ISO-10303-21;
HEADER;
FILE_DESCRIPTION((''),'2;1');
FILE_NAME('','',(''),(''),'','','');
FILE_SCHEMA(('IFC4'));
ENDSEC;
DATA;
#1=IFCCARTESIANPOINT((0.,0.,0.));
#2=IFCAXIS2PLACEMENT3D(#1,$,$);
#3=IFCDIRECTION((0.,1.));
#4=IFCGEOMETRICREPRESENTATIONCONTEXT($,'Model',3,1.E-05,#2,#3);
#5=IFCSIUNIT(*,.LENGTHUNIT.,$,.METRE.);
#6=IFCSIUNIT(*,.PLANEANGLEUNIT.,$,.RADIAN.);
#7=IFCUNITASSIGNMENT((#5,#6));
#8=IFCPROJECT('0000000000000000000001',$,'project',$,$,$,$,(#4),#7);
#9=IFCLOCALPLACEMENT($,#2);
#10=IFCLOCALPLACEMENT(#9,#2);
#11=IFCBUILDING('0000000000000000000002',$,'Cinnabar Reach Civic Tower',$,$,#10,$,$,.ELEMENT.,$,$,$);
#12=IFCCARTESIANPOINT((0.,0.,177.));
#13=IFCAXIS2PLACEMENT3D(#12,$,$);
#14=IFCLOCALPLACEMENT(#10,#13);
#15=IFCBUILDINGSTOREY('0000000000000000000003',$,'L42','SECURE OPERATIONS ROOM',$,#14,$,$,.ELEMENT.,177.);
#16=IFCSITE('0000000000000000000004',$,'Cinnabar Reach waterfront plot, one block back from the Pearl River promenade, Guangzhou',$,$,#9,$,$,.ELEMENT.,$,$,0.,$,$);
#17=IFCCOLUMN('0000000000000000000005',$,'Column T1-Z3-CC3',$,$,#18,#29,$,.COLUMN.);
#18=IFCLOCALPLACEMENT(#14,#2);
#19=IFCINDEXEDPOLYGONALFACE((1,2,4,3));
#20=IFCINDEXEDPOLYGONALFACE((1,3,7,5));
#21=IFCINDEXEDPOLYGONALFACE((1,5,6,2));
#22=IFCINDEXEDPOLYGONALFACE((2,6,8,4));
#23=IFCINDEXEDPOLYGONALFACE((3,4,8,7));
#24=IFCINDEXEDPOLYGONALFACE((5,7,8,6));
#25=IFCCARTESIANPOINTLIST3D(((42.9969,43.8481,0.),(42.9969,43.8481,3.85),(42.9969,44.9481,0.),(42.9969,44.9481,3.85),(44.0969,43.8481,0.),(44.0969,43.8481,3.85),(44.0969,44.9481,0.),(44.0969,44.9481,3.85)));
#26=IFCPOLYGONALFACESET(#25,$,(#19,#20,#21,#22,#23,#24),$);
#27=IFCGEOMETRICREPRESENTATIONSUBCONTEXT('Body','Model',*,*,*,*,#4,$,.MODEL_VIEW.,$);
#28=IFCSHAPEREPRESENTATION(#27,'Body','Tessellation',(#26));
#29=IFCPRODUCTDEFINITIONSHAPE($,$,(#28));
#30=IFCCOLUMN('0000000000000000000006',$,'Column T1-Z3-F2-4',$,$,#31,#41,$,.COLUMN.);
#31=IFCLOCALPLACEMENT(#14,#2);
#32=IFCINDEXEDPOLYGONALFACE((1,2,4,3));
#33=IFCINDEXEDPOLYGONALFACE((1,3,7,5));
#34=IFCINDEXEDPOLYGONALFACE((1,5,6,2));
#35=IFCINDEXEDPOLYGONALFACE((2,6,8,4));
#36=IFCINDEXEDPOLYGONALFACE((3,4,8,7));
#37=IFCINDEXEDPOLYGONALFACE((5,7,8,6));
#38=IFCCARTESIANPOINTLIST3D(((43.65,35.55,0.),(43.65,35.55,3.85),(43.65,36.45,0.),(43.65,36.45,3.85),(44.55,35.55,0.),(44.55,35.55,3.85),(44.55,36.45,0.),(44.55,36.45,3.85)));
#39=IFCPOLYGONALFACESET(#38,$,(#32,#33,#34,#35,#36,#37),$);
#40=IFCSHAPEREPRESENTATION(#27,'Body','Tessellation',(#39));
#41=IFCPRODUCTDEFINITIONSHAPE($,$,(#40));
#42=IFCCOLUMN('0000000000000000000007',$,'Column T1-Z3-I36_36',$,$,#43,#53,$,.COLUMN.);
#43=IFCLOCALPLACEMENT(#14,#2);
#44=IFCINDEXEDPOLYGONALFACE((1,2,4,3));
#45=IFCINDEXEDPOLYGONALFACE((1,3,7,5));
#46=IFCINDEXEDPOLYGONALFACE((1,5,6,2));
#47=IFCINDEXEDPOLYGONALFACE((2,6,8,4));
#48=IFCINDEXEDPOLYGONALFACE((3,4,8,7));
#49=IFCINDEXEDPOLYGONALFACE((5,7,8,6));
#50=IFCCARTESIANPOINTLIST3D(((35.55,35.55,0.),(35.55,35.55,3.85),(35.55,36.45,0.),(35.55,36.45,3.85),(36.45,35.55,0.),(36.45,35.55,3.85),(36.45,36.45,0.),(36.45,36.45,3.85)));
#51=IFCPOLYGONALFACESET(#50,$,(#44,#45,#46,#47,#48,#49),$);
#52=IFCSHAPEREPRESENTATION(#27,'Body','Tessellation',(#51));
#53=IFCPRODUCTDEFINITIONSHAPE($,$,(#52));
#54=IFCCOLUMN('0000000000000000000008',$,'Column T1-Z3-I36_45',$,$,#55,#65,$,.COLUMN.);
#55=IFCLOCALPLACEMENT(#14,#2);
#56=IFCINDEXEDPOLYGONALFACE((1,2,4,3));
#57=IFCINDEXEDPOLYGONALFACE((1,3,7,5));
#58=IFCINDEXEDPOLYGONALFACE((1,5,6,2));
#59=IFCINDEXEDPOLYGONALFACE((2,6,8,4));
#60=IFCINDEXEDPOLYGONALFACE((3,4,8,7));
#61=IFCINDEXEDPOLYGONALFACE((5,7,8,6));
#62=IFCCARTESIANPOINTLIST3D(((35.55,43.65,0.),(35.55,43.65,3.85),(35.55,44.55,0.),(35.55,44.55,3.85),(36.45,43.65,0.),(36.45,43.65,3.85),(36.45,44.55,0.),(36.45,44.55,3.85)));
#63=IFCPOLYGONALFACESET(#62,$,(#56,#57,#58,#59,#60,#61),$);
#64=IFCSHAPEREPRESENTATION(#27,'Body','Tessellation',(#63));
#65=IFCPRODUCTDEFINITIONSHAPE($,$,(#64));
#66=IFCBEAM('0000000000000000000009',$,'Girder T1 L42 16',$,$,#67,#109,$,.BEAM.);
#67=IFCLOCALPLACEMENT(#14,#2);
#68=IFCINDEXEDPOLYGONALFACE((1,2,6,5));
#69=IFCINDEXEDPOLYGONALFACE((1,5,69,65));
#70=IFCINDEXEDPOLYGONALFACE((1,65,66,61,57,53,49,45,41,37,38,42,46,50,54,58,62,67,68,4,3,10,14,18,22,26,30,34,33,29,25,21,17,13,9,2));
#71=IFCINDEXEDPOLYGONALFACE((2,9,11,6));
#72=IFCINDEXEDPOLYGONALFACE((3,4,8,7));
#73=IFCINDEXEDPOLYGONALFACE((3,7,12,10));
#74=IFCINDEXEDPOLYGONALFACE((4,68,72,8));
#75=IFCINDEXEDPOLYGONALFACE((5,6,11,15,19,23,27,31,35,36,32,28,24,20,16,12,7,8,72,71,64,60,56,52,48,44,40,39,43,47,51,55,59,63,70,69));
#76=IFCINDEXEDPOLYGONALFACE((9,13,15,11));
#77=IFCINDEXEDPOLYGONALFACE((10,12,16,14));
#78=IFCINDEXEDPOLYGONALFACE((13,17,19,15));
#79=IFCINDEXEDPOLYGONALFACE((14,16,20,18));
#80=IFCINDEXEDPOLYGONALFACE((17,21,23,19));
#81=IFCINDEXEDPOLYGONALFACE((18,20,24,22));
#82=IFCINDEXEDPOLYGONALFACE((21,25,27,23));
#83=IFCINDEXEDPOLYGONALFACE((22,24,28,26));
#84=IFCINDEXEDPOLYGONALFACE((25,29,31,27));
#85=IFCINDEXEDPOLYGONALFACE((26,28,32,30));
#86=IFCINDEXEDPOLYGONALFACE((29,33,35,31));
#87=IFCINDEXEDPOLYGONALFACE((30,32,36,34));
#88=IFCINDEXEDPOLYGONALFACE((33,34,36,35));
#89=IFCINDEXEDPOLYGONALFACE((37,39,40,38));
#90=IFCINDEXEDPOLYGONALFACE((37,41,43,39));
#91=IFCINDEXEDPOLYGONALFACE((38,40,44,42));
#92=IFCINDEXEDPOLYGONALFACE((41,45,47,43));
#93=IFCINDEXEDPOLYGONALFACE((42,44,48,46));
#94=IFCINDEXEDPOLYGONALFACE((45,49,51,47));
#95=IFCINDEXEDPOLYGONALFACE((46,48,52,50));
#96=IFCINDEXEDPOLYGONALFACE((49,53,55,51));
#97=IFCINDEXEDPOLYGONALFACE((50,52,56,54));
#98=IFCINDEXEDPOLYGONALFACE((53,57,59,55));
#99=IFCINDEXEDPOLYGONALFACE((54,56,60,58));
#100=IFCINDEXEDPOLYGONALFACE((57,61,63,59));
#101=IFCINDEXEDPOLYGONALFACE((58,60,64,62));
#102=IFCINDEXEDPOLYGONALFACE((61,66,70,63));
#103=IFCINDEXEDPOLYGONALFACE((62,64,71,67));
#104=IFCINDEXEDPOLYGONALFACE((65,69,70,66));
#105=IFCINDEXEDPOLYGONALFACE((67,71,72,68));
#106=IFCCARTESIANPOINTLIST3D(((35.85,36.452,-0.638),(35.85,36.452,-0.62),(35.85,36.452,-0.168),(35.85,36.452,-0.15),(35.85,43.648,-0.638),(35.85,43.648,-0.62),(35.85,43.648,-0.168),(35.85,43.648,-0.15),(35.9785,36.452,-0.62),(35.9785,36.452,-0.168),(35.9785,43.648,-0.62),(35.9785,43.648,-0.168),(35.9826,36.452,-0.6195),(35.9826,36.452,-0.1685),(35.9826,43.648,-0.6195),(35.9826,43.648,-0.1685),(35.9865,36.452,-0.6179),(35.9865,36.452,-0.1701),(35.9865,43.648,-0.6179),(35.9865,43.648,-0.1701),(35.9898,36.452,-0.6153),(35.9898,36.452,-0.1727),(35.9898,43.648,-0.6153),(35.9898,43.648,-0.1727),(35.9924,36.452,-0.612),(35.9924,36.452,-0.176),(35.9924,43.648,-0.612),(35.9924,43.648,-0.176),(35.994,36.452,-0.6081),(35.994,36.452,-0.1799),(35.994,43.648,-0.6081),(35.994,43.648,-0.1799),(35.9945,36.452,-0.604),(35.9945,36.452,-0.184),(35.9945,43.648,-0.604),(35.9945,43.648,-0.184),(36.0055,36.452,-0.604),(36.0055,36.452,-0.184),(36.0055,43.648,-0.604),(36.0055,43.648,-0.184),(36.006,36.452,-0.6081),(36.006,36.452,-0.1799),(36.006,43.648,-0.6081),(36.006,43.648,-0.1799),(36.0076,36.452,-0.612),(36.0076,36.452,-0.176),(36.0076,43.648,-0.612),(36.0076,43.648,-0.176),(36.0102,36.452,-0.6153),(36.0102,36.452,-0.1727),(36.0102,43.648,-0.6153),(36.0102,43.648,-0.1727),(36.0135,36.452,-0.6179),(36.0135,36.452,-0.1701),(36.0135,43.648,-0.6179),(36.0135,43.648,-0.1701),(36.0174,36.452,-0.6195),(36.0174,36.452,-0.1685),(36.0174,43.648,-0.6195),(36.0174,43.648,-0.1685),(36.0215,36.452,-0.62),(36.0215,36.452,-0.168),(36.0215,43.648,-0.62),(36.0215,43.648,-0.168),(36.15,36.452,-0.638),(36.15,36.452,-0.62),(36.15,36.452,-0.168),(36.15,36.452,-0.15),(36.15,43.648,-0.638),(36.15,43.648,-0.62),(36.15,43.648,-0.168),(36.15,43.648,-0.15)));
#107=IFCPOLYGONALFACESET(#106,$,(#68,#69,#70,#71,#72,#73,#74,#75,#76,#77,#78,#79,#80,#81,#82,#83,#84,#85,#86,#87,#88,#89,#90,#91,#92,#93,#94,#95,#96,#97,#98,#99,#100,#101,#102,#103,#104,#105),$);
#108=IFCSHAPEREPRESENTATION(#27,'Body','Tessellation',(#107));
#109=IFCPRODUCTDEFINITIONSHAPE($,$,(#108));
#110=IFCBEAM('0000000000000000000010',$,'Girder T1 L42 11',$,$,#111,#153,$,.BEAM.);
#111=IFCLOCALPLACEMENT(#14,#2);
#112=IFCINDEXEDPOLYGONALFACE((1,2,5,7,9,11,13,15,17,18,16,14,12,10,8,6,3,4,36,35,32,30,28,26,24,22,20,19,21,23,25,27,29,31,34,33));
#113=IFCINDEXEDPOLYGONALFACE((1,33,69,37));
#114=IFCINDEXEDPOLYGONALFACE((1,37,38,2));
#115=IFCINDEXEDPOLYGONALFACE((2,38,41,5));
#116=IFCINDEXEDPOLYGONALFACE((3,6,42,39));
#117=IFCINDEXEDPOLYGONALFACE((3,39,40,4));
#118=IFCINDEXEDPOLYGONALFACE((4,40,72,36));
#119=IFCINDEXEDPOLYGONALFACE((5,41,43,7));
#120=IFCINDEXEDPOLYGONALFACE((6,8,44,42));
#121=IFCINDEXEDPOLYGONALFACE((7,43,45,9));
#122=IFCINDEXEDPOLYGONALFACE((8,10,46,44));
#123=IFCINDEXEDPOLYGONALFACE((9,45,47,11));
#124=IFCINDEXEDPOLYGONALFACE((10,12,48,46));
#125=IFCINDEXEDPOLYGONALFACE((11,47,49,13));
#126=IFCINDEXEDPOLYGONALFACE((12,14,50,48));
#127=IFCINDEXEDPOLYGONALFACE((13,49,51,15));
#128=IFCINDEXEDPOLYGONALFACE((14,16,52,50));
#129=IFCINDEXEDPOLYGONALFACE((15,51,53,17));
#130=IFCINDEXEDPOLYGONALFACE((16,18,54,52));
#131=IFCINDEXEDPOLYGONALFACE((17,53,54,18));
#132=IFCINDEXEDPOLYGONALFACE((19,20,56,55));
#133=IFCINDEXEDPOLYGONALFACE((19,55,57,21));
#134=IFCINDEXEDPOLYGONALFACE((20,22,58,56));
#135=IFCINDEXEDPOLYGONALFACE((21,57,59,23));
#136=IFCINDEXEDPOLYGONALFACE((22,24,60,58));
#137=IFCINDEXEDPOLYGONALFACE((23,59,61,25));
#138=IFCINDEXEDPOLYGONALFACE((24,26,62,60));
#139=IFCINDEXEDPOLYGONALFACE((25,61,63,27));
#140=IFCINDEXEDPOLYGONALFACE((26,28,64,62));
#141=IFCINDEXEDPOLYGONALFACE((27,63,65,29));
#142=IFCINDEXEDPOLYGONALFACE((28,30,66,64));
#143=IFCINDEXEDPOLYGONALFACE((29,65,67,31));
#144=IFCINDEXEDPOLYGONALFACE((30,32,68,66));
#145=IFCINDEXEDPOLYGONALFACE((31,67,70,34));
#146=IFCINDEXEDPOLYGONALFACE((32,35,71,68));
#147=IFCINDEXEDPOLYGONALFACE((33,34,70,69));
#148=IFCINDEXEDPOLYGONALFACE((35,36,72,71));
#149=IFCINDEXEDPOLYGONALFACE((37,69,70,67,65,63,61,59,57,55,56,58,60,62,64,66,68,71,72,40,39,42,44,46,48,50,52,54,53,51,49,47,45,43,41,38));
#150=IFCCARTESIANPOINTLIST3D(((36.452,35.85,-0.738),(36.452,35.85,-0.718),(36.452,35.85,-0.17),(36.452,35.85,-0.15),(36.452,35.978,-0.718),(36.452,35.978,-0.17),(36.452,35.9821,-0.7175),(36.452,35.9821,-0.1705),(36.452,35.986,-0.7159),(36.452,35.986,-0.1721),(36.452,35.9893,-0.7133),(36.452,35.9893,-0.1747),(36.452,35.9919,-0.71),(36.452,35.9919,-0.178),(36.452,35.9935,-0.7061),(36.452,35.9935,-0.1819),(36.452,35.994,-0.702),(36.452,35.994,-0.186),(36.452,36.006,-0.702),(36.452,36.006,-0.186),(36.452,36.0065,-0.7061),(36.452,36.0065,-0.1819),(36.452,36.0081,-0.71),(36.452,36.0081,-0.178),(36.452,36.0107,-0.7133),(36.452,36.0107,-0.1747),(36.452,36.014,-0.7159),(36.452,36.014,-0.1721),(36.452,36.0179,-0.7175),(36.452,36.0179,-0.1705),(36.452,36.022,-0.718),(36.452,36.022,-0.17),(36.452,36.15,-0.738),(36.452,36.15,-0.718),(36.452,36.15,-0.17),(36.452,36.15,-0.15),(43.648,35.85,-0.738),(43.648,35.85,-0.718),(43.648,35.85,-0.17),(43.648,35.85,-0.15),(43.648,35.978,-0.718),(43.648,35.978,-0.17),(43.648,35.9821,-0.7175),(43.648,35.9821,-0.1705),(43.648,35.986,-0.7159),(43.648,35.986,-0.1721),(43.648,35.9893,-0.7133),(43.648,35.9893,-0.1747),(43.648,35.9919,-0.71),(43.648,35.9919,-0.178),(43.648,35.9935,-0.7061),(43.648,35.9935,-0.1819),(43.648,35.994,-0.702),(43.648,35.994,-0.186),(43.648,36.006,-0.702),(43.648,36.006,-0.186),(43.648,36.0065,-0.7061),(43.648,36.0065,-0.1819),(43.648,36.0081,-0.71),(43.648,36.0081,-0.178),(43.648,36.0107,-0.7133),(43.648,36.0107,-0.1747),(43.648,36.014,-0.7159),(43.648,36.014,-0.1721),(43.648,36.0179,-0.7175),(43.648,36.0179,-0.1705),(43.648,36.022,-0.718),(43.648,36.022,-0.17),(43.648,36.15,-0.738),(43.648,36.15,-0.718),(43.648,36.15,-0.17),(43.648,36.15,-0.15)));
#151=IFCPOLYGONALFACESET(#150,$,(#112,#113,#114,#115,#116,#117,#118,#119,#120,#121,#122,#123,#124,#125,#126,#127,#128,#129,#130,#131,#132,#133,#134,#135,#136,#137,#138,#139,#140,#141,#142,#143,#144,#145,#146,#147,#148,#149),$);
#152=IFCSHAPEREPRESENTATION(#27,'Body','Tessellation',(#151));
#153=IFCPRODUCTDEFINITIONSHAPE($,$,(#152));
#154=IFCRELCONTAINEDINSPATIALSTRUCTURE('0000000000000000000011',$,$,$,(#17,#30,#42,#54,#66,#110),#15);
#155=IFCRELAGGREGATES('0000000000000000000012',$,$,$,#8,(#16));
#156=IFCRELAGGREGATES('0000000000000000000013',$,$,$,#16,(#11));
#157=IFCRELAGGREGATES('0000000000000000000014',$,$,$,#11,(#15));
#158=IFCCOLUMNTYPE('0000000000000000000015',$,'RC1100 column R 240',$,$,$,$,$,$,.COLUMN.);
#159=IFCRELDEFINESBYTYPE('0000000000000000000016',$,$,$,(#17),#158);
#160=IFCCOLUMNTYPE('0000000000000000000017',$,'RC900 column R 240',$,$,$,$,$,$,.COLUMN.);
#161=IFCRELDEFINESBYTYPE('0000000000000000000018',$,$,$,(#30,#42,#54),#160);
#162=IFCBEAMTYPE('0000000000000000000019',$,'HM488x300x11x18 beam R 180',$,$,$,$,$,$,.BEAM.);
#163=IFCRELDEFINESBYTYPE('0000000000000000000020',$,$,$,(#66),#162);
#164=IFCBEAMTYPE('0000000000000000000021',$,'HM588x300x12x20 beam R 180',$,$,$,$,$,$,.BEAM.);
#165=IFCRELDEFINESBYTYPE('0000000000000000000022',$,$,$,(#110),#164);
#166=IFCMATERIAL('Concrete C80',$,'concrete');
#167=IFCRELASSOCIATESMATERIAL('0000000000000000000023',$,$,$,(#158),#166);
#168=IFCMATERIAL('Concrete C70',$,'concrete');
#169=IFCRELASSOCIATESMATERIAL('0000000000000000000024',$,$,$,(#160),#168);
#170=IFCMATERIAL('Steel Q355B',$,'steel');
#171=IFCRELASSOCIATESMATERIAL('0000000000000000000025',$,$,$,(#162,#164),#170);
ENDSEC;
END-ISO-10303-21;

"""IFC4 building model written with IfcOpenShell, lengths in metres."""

from ifc_helpers import new_model, si_unit, direction, frame, origin, origin_2d, place, context, subcontext, project, spatial, rectangle, i_section, extrude, material, material_profile, profile_set, type_object, element, save


model = new_model("IFC4")

# Units and contexts
model_context = context("Model", 3, precision=1e-05, world=origin(), true_north=direction((0.0, 1.0)))
body_context = subcontext(model_context, "Body", "Model", "MODEL_VIEW")
ifc_project = project(units=[si_unit("LENGTHUNIT", "METRE"), si_unit("PLANEANGLEUNIT", "RADIAN")], contexts=[model_context])

# Site, building, storey
site_placement = place(None, origin())
site = spatial("IfcSite", under=ifc_project, at=site_placement, Name="Cinnabar Reach waterfront plot, one block back from the Pearl River promenade, Guangzhou", CompositionType="ELEMENT", RefElevation=0.0)
building_placement = place(site_placement, origin())
building = spatial("IfcBuilding", under=site, at=building_placement, Name="Cinnabar Reach Civic Tower", CompositionType="ELEMENT")
storey_placement = place(building_placement, frame((0.0, 0.0, 177.0)))
storey = spatial("IfcBuildingStorey", under=building, at=storey_placement, Name="L42", Description="SECURE OPERATIONS ROOM", CompositionType="ELEMENT", Elevation=177.0)

# Columns
ifc_material_1 = material(Name="Concrete C80", Category="concrete")
ifc_material_profile_1 = material_profile(ifc_material_1, rectangle(XDim=1.1, YDim=1.1, at=origin_2d()), Name="RC1100")
ifc_profile_set_1 = profile_set([ifc_material_profile_1], Name="Concrete C80")
column_type_1 = type_object("IfcColumnType", Name="RC1100 column R 240", PredefinedType="COLUMN", material=ifc_profile_set_1)
column_placement = place(storey_placement, frame((43.5469, 44.3981, 0.0), z_axis=(0.0, 0.0, 1.0), x_axis=(1.0, 0.0, 0.0)))
element("IfcColumn", 1, at=column_placement, inside=storey, type_object=column_type_1, Name="Column T1-Z3-CC3", PredefinedType="COLUMN", context=body_context, shape_type="SweptSolid", body=[
    extrude(rectangle(XDim=1.1, YDim=1.1, at=origin_2d()), origin(), (0.0, 0.0, 1.0), 3.85),
])
ifc_material_2 = material(Name="Concrete C70", Category="concrete")
ifc_material_profile_2 = material_profile(ifc_material_2, rectangle(XDim=0.9, YDim=0.9, at=origin_2d()), Name="RC900")
ifc_profile_set_2 = profile_set([ifc_material_profile_2], Name="Concrete C70")
column_type_2 = type_object("IfcColumnType", Name="RC900 column R 240", PredefinedType="COLUMN", material=ifc_profile_set_2)
for number, where, z_axis, x_axis, name in (
    (2, (44.1, 36.0, 0.0), (0.0, 0.0, 1.0), (1.0, 0.0, 0.0), "Column T1-Z3-F2-4"),
    (3, (36.0, 36.0, 0.0), (0.0, 0.0, 1.0), (1.0, 0.0, 0.0), "Column T1-Z3-I36_36"),
    (4, (36.0, 44.1, 0.0), (0.0, 0.0, 1.0), (1.0, 0.0, 0.0), "Column T1-Z3-I36_45"),
):
    element("IfcColumn", number, at=place(storey_placement, frame(where, z_axis=z_axis, x_axis=x_axis)), inside=storey, type_object=column_type_2, Name=name, PredefinedType="COLUMN", context=body_context, shape_type="SweptSolid", body=[
        extrude(rectangle(XDim=0.9, YDim=0.9, at=origin_2d()), origin(), (0.0, 0.0, 1.0), 3.85),
    ])

# Beams
ifc_material_3 = material(Name="Steel Q355B", Category="steel")
ifc_material_profile_3 = material_profile(ifc_material_3, i_section(OverallWidth=0.3, OverallDepth=0.488, WebThickness=0.011, FlangeThickness=0.018, FilletRadius=0.016, at=origin_2d()), Name="HM488x300x11x18")
ifc_profile_set_3 = profile_set([ifc_material_profile_3], Name="Steel Q355B")
beam_type_1 = type_object("IfcBeamType", Name="HM488x300x11x18 beam R 180", PredefinedType="BEAM", material=ifc_profile_set_3)
beam_1_placement = place(storey_placement, frame((36.0, 36.452, -0.394), z_axis=(0.0, 1.0, 0.0), x_axis=(-1.0, 0.0, 0.0)))
element("IfcBeam", 5, at=beam_1_placement, inside=storey, type_object=beam_type_1, Name="Girder T1 L42 16", PredefinedType="BEAM", context=body_context, shape_type="SweptSolid", body=[
    extrude(i_section(OverallWidth=0.3, OverallDepth=0.488, WebThickness=0.011, FlangeThickness=0.018, FilletRadius=0.016, at=origin_2d()), origin(), (0.0, 0.0, 1.0), 7.196),
])
ifc_material_profile_4 = material_profile(ifc_material_3, i_section(OverallWidth=0.3, OverallDepth=0.588, WebThickness=0.012, FlangeThickness=0.02, FilletRadius=0.016, at=origin_2d()), Name="HM588x300x12x20")
ifc_profile_set_4 = profile_set([ifc_material_profile_4], Name="Steel Q355B")
beam_type_2 = type_object("IfcBeamType", Name="HM588x300x12x20 beam R 180", PredefinedType="BEAM", material=ifc_profile_set_4)
beam_2_placement = place(storey_placement, frame((36.452, 36.0, -0.444), z_axis=(1.0, 0.0, 0.0), x_axis=(0.0, 1.0, 0.0)))
element("IfcBeam", 6, at=beam_2_placement, inside=storey, type_object=beam_type_2, Name="Girder T1 L42 11", PredefinedType="BEAM", context=body_context, shape_type="SweptSolid", body=[
    extrude(i_section(OverallWidth=0.3, OverallDepth=0.588, WebThickness=0.012, FlangeThickness=0.02, FilletRadius=0.016, at=origin_2d()), origin(), (0.0, 0.0, 1.0), 7.196),
])

save(model, "model.ifc")
